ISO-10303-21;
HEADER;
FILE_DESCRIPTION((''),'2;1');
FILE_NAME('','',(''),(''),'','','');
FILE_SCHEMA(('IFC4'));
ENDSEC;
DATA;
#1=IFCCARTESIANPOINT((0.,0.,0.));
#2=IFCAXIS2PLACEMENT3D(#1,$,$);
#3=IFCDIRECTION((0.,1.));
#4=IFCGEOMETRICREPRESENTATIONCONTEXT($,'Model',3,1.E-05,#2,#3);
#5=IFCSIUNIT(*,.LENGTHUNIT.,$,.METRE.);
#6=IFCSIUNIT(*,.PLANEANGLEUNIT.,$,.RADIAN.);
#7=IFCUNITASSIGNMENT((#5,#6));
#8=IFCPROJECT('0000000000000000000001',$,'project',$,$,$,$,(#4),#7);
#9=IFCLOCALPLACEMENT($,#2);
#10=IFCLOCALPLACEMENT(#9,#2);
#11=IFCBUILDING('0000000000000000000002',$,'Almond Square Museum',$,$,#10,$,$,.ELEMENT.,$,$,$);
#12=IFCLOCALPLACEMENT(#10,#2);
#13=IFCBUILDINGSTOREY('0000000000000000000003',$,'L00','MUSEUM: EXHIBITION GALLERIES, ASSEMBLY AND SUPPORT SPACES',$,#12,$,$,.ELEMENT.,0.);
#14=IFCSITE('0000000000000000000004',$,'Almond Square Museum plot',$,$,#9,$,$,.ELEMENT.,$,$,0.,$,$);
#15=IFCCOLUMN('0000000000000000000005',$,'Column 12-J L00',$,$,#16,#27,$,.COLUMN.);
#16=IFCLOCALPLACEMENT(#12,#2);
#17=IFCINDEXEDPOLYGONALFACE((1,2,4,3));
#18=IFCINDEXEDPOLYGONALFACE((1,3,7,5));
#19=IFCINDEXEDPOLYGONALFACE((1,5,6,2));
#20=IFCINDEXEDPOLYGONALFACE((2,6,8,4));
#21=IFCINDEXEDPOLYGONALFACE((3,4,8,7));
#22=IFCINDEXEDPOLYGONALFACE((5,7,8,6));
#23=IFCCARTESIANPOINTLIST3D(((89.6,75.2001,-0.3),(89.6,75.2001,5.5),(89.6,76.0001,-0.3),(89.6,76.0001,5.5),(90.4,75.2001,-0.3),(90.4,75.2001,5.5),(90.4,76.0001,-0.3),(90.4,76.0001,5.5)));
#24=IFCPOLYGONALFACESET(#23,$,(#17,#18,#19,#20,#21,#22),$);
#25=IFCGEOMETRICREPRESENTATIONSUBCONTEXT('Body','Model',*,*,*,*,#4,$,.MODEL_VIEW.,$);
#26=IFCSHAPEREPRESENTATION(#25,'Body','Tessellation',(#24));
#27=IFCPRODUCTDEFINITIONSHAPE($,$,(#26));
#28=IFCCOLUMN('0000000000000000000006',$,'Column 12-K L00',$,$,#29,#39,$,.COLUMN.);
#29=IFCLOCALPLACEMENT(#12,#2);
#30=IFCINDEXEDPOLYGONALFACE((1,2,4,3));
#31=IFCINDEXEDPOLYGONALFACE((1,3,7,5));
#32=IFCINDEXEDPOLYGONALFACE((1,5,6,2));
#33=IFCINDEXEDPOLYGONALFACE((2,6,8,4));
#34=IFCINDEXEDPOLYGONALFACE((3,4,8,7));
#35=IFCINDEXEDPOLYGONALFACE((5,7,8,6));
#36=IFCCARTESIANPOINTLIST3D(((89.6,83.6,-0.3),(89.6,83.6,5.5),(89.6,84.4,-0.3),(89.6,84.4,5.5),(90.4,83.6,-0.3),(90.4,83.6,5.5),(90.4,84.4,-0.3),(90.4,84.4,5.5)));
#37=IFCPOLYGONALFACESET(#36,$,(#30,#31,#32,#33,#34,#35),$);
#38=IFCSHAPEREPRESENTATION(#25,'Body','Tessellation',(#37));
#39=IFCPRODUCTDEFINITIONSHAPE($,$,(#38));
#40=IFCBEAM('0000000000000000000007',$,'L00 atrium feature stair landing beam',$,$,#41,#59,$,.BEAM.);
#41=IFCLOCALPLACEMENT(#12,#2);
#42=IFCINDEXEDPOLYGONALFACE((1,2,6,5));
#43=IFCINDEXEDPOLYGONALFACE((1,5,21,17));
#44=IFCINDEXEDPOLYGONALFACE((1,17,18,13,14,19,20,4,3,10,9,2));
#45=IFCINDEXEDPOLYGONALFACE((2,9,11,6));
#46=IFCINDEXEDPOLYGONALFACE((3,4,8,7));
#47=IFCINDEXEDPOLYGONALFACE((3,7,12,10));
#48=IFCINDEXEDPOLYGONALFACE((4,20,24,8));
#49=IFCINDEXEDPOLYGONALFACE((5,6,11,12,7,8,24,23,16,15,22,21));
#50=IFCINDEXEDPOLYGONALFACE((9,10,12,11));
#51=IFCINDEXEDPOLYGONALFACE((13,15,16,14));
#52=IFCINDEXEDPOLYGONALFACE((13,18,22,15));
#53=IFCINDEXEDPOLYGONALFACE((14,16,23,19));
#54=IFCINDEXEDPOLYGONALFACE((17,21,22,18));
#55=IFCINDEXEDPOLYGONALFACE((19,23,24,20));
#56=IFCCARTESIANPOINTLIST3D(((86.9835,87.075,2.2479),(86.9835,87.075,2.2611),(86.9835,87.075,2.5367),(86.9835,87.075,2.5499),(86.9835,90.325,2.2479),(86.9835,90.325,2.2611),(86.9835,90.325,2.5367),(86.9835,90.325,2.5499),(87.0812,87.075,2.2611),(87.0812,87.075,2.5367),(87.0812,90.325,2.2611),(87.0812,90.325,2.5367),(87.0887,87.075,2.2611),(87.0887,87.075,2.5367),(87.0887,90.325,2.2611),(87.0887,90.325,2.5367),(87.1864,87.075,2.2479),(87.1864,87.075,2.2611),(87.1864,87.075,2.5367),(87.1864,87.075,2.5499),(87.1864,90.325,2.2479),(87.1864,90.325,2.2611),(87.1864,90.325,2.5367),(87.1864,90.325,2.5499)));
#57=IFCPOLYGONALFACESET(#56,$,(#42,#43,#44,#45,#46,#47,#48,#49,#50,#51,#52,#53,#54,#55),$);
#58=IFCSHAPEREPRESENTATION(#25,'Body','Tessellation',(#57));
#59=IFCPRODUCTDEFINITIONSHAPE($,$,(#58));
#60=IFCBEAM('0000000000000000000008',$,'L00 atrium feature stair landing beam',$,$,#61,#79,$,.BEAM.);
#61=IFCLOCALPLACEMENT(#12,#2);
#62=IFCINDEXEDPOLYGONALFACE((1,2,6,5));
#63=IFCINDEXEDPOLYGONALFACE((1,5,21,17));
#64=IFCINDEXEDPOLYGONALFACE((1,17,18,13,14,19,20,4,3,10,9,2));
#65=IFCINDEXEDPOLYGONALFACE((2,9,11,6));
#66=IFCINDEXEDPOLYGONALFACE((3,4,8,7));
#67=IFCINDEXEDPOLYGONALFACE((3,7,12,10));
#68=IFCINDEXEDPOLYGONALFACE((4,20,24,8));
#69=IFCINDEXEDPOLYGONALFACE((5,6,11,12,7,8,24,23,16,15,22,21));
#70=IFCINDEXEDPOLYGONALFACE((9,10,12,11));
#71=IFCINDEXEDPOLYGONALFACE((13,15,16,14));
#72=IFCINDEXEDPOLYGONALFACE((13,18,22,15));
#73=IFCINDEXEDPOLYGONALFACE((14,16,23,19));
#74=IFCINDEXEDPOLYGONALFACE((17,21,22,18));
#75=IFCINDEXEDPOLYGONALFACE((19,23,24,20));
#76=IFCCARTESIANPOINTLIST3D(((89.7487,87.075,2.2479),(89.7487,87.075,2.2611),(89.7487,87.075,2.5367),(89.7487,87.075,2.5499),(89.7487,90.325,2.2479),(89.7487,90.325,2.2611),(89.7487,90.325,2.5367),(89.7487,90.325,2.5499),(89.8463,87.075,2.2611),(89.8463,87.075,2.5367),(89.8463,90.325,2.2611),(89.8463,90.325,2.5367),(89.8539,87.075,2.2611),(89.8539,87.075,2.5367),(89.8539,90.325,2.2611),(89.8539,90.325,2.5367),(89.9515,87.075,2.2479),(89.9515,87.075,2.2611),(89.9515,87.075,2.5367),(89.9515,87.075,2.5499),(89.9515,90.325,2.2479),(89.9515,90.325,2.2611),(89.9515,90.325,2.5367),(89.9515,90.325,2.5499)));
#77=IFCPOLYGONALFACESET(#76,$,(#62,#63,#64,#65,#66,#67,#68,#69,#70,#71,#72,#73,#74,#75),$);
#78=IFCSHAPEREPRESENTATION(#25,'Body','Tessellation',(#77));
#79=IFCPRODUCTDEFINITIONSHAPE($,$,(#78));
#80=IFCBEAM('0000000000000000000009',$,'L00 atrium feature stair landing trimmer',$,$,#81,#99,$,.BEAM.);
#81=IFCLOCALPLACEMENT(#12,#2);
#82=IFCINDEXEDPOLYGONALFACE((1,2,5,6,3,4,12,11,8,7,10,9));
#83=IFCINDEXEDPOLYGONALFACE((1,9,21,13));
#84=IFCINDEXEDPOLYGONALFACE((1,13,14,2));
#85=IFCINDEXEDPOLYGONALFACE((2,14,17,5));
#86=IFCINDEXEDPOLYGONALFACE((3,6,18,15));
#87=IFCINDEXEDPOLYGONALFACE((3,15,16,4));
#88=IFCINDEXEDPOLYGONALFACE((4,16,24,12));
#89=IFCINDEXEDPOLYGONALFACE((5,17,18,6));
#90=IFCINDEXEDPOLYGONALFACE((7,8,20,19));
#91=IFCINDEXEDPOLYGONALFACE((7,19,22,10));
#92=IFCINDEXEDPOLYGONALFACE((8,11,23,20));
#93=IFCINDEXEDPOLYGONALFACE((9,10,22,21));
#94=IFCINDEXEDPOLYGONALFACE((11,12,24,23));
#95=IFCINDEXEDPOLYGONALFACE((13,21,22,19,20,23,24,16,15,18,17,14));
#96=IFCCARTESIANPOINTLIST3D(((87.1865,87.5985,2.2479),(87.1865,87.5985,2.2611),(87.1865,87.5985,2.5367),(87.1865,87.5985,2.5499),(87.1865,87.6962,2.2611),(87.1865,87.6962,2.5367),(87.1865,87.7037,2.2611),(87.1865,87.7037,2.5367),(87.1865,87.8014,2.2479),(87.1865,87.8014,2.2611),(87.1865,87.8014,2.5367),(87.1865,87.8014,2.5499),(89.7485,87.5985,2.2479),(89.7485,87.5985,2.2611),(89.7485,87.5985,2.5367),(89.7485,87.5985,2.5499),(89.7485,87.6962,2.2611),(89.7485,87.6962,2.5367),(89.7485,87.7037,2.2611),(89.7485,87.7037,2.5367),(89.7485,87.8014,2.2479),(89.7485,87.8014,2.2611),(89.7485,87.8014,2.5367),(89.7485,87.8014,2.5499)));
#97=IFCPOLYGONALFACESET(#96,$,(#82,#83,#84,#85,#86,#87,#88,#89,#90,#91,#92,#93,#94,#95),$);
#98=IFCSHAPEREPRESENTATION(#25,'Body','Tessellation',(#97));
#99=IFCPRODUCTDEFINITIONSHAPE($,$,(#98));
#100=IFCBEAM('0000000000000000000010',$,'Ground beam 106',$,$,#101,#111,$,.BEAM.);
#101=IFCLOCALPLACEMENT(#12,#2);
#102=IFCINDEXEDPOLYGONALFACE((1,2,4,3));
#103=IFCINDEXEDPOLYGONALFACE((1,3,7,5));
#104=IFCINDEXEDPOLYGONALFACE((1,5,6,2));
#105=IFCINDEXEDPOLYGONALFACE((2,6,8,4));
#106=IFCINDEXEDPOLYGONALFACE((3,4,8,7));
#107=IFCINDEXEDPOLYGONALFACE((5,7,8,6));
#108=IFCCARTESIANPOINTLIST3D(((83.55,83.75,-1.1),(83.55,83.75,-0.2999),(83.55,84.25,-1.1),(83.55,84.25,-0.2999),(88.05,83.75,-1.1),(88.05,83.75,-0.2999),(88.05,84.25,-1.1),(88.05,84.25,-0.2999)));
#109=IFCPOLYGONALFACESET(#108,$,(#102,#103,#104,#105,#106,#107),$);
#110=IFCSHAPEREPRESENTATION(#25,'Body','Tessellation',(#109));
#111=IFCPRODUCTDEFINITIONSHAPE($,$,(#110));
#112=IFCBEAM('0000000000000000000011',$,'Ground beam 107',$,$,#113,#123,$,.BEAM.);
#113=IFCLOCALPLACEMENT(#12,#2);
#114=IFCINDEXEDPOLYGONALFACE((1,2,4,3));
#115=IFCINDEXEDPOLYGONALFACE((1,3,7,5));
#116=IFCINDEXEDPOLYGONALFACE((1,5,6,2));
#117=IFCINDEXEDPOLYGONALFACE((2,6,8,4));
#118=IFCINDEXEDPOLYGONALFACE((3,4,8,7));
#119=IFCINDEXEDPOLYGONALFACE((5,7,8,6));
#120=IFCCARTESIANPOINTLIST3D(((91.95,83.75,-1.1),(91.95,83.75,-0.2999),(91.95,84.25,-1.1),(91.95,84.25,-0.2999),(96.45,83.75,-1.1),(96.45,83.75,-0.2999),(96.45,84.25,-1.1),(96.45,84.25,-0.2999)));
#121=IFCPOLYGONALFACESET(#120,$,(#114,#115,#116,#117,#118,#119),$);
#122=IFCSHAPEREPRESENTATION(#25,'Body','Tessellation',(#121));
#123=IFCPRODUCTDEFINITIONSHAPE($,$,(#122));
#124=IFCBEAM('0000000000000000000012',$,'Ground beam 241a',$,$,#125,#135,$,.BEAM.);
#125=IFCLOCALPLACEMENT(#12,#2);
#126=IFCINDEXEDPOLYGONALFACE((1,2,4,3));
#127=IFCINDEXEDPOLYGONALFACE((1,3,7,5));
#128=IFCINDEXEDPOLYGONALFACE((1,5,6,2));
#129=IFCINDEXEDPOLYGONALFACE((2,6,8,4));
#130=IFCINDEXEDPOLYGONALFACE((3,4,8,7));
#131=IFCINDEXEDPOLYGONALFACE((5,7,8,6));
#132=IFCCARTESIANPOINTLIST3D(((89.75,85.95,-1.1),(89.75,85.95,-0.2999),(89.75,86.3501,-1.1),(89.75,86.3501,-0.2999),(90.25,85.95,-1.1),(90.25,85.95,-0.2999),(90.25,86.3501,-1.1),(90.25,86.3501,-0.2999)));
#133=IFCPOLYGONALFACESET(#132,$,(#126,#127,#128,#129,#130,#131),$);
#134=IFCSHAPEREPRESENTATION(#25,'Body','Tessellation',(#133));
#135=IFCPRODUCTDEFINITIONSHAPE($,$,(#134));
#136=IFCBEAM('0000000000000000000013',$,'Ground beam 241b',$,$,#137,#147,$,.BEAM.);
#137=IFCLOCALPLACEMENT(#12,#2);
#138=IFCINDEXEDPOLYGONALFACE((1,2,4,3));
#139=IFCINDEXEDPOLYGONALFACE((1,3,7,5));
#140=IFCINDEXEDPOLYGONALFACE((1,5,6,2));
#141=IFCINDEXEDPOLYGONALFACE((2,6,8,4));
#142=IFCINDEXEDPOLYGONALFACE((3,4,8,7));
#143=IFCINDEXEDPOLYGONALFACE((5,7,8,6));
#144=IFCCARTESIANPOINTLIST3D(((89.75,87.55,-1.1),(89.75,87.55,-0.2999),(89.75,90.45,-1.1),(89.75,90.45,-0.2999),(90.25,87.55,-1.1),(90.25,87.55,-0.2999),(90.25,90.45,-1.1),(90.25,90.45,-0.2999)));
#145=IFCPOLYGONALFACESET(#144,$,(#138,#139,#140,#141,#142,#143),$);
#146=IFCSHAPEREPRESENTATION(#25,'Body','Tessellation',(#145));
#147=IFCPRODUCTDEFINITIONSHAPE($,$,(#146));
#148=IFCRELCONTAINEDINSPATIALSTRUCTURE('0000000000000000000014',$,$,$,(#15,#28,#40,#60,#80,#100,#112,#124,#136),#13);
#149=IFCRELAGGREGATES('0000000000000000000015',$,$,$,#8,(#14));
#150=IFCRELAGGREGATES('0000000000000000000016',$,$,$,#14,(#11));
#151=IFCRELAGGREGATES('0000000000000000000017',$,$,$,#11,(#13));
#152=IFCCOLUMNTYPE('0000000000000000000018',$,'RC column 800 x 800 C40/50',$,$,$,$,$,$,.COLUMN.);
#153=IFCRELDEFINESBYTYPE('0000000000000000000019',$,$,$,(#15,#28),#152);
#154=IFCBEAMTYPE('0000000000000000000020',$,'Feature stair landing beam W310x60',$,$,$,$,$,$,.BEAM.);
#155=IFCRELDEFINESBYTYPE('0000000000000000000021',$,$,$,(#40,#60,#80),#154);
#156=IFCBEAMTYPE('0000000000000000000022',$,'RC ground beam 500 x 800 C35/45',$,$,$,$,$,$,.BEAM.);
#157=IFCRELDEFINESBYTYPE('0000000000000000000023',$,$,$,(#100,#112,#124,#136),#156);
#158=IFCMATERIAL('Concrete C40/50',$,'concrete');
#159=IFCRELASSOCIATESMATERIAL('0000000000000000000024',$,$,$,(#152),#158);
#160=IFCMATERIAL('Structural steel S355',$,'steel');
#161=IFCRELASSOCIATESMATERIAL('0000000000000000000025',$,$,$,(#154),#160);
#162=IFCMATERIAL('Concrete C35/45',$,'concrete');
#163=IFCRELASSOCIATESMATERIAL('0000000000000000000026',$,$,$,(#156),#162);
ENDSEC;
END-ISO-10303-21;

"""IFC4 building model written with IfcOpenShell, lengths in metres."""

from ifc_helpers import new_model, si_unit, direction, frame, origin, origin_2d, place, context, subcontext, project, spatial, rectangle, i_section, extrude, material, material_profile, profile_set, type_object, element, save


model = new_model("IFC4")

# Units and contexts
model_context = context("Model", 3, precision=1e-05, world=origin(), true_north=direction((0.0, 1.0)))
body_context = subcontext(model_context, "Body", "Model", "MODEL_VIEW")
ifc_project = project(units=[si_unit("LENGTHUNIT", "METRE"), si_unit("PLANEANGLEUNIT", "RADIAN")], contexts=[model_context])

# Site, building, storey
site_placement = place(None, origin())
site = spatial("IfcSite", under=ifc_project, at=site_placement, Name="Almond Square Museum plot", CompositionType="ELEMENT", RefElevation=0.0)
building_placement = place(site_placement, origin())
building = spatial("IfcBuilding", under=site, at=building_placement, Name="Almond Square Museum", CompositionType="ELEMENT")
storey_placement = place(building_placement, origin())
storey = spatial("IfcBuildingStorey", under=building, at=storey_placement, Name="L00", Description="MUSEUM: EXHIBITION GALLERIES, ASSEMBLY AND SUPPORT SPACES", CompositionType="ELEMENT", Elevation=0.0)

# Columns
ifc_material_1 = material(Name="Concrete C40/50", Category="concrete")
ifc_material_profile_1 = material_profile(ifc_material_1, rectangle(XDim=0.8, YDim=0.8, at=origin_2d()))
ifc_profile_set_1 = profile_set([ifc_material_profile_1], Name="Concrete C40/50")
column_type_1 = type_object("IfcColumnType", Name="RC column 800 x 800 C40/50", PredefinedType="COLUMN", material=ifc_profile_set_1)
for number, where, z_axis, x_axis, name in (
    (1, (90.0, 75.6001, -0.3), (0.0, 0.0, 1.0), (1.0, 0.0, 0.0), "Column 12-J L00"),
    (2, (90.0, 84.0, -0.3), (0.0, 0.0, 1.0), (1.0, 0.0, 0.0), "Column 12-K L00"),
):
    element("IfcColumn", number, at=place(storey_placement, frame(where, z_axis=z_axis, x_axis=x_axis)), inside=storey, type_object=column_type_1, Name=name, PredefinedType="COLUMN", context=body_context, shape_type="SweptSolid", body=[
        extrude(rectangle(XDim=0.8, YDim=0.8, at=origin_2d()), origin(), (0.0, 0.0, 1.0), 5.8),
    ])

# Beams
ifc_material_2 = material(Name="Structural steel S355", Category="steel")
ifc_material_profile_2 = material_profile(ifc_material_2, i_section(OverallWidth=0.2029, OverallDepth=0.302, WebThickness=0.0076, FlangeThickness=0.0132, at=origin_2d()))
ifc_profile_set_2 = profile_set([ifc_material_profile_2], Name="Structural steel S355")
beam_type_1 = type_object("IfcBeamType", Name="Feature stair landing beam W310x60", PredefinedType="BEAM", material=ifc_profile_set_2)
for number, where, z_axis, x_axis, name in (
    (3, (87.085, 87.075, 2.3989), (0.0, 1.0, 0.0), (-1.0, 0.0, 0.0), "L00 atrium feature stair landing beam"),
    (4, (89.8501, 87.075, 2.3989), (0.0, 1.0, 0.0), (-1.0, 0.0, 0.0), "L00 atrium feature stair landing beam"),
):
    element("IfcBeam", number, at=place(storey_placement, frame(where, z_axis=z_axis, x_axis=x_axis)), inside=storey, type_object=beam_type_1, Name=name, PredefinedType="BEAM", context=body_context, shape_type="SweptSolid", body=[
        extrude(i_section(OverallWidth=0.2029, OverallDepth=0.302, WebThickness=0.0076, FlangeThickness=0.0132, at=origin_2d()), origin(), (0.0, 0.0, 1.0), 3.25),
    ])
beam_1_placement = place(storey_placement, frame((87.1865, 87.7, 2.3989), z_axis=(1.0, 0.0, 0.0), x_axis=(0.0, 1.0, 0.0)))
element("IfcBeam", 5, at=beam_1_placement, inside=storey, type_object=beam_type_1, Name="L00 atrium feature stair landing trimmer", PredefinedType="BEAM", context=body_context, shape_type="SweptSolid", body=[
    extrude(i_section(OverallWidth=0.2029, OverallDepth=0.302, WebThickness=0.0076, FlangeThickness=0.0132, at=origin_2d()), origin(), (0.0, 0.0, 1.0), 2.562),
])
ifc_material_3 = material(Name="Concrete C35/45", Category="concrete")
ifc_material_profile_3 = material_profile(ifc_material_3, rectangle(XDim=0.5, YDim=0.8, at=origin_2d()))
ifc_profile_set_3 = profile_set([ifc_material_profile_3], Name="Concrete C35/45")
beam_type_2 = type_object("IfcBeamType", Name="RC ground beam 500 x 800 C35/45", PredefinedType="BEAM", material=ifc_profile_set_3)
for number, where, z_axis, x_axis, name in (
    (6, (83.55, 84.0, -0.7), (1.0, 0.0, 0.0), (0.0, 1.0, 0.0), "Ground beam 106"),
    (7, (91.95, 84.0, -0.7), (1.0, 0.0, 0.0), (0.0, 1.0, 0.0), "Ground beam 107"),
):
    element("IfcBeam", number, at=place(storey_placement, frame(where, z_axis=z_axis, x_axis=x_axis)), inside=storey, type_object=beam_type_2, Name=name, PredefinedType="BEAM", context=body_context, shape_type="SweptSolid", body=[
        extrude(rectangle(XDim=0.5, YDim=0.8, at=origin_2d()), origin(), (0.0, 0.0, 1.0), 4.5),
    ])
beam_2_placement = place(storey_placement, frame((90.0, 85.95, -0.7), z_axis=(0.0, 1.0, 0.0), x_axis=(-1.0, 0.0, 0.0)))
element("IfcBeam", 8, at=beam_2_placement, inside=storey, type_object=beam_type_2, Name="Ground beam 241a", PredefinedType="BEAM", context=body_context, shape_type="SweptSolid", body=[
    extrude(rectangle(XDim=0.5, YDim=0.8, at=origin_2d()), origin(), (0.0, 0.0, 1.0), 0.4001),
])
beam_3_placement = place(storey_placement, frame((90.0, 87.55, -0.7), z_axis=(0.0, 1.0, 0.0), x_axis=(-1.0, 0.0, 0.0)))
element("IfcBeam", 9, at=beam_3_placement, inside=storey, type_object=beam_type_2, Name="Ground beam 241b", PredefinedType="BEAM", context=body_context, shape_type="SweptSolid", body=[
    extrude(rectangle(XDim=0.5, YDim=0.8, at=origin_2d()), origin(), (0.0, 0.0, 1.0), 2.8999),
])

save(model, "model.ifc")
